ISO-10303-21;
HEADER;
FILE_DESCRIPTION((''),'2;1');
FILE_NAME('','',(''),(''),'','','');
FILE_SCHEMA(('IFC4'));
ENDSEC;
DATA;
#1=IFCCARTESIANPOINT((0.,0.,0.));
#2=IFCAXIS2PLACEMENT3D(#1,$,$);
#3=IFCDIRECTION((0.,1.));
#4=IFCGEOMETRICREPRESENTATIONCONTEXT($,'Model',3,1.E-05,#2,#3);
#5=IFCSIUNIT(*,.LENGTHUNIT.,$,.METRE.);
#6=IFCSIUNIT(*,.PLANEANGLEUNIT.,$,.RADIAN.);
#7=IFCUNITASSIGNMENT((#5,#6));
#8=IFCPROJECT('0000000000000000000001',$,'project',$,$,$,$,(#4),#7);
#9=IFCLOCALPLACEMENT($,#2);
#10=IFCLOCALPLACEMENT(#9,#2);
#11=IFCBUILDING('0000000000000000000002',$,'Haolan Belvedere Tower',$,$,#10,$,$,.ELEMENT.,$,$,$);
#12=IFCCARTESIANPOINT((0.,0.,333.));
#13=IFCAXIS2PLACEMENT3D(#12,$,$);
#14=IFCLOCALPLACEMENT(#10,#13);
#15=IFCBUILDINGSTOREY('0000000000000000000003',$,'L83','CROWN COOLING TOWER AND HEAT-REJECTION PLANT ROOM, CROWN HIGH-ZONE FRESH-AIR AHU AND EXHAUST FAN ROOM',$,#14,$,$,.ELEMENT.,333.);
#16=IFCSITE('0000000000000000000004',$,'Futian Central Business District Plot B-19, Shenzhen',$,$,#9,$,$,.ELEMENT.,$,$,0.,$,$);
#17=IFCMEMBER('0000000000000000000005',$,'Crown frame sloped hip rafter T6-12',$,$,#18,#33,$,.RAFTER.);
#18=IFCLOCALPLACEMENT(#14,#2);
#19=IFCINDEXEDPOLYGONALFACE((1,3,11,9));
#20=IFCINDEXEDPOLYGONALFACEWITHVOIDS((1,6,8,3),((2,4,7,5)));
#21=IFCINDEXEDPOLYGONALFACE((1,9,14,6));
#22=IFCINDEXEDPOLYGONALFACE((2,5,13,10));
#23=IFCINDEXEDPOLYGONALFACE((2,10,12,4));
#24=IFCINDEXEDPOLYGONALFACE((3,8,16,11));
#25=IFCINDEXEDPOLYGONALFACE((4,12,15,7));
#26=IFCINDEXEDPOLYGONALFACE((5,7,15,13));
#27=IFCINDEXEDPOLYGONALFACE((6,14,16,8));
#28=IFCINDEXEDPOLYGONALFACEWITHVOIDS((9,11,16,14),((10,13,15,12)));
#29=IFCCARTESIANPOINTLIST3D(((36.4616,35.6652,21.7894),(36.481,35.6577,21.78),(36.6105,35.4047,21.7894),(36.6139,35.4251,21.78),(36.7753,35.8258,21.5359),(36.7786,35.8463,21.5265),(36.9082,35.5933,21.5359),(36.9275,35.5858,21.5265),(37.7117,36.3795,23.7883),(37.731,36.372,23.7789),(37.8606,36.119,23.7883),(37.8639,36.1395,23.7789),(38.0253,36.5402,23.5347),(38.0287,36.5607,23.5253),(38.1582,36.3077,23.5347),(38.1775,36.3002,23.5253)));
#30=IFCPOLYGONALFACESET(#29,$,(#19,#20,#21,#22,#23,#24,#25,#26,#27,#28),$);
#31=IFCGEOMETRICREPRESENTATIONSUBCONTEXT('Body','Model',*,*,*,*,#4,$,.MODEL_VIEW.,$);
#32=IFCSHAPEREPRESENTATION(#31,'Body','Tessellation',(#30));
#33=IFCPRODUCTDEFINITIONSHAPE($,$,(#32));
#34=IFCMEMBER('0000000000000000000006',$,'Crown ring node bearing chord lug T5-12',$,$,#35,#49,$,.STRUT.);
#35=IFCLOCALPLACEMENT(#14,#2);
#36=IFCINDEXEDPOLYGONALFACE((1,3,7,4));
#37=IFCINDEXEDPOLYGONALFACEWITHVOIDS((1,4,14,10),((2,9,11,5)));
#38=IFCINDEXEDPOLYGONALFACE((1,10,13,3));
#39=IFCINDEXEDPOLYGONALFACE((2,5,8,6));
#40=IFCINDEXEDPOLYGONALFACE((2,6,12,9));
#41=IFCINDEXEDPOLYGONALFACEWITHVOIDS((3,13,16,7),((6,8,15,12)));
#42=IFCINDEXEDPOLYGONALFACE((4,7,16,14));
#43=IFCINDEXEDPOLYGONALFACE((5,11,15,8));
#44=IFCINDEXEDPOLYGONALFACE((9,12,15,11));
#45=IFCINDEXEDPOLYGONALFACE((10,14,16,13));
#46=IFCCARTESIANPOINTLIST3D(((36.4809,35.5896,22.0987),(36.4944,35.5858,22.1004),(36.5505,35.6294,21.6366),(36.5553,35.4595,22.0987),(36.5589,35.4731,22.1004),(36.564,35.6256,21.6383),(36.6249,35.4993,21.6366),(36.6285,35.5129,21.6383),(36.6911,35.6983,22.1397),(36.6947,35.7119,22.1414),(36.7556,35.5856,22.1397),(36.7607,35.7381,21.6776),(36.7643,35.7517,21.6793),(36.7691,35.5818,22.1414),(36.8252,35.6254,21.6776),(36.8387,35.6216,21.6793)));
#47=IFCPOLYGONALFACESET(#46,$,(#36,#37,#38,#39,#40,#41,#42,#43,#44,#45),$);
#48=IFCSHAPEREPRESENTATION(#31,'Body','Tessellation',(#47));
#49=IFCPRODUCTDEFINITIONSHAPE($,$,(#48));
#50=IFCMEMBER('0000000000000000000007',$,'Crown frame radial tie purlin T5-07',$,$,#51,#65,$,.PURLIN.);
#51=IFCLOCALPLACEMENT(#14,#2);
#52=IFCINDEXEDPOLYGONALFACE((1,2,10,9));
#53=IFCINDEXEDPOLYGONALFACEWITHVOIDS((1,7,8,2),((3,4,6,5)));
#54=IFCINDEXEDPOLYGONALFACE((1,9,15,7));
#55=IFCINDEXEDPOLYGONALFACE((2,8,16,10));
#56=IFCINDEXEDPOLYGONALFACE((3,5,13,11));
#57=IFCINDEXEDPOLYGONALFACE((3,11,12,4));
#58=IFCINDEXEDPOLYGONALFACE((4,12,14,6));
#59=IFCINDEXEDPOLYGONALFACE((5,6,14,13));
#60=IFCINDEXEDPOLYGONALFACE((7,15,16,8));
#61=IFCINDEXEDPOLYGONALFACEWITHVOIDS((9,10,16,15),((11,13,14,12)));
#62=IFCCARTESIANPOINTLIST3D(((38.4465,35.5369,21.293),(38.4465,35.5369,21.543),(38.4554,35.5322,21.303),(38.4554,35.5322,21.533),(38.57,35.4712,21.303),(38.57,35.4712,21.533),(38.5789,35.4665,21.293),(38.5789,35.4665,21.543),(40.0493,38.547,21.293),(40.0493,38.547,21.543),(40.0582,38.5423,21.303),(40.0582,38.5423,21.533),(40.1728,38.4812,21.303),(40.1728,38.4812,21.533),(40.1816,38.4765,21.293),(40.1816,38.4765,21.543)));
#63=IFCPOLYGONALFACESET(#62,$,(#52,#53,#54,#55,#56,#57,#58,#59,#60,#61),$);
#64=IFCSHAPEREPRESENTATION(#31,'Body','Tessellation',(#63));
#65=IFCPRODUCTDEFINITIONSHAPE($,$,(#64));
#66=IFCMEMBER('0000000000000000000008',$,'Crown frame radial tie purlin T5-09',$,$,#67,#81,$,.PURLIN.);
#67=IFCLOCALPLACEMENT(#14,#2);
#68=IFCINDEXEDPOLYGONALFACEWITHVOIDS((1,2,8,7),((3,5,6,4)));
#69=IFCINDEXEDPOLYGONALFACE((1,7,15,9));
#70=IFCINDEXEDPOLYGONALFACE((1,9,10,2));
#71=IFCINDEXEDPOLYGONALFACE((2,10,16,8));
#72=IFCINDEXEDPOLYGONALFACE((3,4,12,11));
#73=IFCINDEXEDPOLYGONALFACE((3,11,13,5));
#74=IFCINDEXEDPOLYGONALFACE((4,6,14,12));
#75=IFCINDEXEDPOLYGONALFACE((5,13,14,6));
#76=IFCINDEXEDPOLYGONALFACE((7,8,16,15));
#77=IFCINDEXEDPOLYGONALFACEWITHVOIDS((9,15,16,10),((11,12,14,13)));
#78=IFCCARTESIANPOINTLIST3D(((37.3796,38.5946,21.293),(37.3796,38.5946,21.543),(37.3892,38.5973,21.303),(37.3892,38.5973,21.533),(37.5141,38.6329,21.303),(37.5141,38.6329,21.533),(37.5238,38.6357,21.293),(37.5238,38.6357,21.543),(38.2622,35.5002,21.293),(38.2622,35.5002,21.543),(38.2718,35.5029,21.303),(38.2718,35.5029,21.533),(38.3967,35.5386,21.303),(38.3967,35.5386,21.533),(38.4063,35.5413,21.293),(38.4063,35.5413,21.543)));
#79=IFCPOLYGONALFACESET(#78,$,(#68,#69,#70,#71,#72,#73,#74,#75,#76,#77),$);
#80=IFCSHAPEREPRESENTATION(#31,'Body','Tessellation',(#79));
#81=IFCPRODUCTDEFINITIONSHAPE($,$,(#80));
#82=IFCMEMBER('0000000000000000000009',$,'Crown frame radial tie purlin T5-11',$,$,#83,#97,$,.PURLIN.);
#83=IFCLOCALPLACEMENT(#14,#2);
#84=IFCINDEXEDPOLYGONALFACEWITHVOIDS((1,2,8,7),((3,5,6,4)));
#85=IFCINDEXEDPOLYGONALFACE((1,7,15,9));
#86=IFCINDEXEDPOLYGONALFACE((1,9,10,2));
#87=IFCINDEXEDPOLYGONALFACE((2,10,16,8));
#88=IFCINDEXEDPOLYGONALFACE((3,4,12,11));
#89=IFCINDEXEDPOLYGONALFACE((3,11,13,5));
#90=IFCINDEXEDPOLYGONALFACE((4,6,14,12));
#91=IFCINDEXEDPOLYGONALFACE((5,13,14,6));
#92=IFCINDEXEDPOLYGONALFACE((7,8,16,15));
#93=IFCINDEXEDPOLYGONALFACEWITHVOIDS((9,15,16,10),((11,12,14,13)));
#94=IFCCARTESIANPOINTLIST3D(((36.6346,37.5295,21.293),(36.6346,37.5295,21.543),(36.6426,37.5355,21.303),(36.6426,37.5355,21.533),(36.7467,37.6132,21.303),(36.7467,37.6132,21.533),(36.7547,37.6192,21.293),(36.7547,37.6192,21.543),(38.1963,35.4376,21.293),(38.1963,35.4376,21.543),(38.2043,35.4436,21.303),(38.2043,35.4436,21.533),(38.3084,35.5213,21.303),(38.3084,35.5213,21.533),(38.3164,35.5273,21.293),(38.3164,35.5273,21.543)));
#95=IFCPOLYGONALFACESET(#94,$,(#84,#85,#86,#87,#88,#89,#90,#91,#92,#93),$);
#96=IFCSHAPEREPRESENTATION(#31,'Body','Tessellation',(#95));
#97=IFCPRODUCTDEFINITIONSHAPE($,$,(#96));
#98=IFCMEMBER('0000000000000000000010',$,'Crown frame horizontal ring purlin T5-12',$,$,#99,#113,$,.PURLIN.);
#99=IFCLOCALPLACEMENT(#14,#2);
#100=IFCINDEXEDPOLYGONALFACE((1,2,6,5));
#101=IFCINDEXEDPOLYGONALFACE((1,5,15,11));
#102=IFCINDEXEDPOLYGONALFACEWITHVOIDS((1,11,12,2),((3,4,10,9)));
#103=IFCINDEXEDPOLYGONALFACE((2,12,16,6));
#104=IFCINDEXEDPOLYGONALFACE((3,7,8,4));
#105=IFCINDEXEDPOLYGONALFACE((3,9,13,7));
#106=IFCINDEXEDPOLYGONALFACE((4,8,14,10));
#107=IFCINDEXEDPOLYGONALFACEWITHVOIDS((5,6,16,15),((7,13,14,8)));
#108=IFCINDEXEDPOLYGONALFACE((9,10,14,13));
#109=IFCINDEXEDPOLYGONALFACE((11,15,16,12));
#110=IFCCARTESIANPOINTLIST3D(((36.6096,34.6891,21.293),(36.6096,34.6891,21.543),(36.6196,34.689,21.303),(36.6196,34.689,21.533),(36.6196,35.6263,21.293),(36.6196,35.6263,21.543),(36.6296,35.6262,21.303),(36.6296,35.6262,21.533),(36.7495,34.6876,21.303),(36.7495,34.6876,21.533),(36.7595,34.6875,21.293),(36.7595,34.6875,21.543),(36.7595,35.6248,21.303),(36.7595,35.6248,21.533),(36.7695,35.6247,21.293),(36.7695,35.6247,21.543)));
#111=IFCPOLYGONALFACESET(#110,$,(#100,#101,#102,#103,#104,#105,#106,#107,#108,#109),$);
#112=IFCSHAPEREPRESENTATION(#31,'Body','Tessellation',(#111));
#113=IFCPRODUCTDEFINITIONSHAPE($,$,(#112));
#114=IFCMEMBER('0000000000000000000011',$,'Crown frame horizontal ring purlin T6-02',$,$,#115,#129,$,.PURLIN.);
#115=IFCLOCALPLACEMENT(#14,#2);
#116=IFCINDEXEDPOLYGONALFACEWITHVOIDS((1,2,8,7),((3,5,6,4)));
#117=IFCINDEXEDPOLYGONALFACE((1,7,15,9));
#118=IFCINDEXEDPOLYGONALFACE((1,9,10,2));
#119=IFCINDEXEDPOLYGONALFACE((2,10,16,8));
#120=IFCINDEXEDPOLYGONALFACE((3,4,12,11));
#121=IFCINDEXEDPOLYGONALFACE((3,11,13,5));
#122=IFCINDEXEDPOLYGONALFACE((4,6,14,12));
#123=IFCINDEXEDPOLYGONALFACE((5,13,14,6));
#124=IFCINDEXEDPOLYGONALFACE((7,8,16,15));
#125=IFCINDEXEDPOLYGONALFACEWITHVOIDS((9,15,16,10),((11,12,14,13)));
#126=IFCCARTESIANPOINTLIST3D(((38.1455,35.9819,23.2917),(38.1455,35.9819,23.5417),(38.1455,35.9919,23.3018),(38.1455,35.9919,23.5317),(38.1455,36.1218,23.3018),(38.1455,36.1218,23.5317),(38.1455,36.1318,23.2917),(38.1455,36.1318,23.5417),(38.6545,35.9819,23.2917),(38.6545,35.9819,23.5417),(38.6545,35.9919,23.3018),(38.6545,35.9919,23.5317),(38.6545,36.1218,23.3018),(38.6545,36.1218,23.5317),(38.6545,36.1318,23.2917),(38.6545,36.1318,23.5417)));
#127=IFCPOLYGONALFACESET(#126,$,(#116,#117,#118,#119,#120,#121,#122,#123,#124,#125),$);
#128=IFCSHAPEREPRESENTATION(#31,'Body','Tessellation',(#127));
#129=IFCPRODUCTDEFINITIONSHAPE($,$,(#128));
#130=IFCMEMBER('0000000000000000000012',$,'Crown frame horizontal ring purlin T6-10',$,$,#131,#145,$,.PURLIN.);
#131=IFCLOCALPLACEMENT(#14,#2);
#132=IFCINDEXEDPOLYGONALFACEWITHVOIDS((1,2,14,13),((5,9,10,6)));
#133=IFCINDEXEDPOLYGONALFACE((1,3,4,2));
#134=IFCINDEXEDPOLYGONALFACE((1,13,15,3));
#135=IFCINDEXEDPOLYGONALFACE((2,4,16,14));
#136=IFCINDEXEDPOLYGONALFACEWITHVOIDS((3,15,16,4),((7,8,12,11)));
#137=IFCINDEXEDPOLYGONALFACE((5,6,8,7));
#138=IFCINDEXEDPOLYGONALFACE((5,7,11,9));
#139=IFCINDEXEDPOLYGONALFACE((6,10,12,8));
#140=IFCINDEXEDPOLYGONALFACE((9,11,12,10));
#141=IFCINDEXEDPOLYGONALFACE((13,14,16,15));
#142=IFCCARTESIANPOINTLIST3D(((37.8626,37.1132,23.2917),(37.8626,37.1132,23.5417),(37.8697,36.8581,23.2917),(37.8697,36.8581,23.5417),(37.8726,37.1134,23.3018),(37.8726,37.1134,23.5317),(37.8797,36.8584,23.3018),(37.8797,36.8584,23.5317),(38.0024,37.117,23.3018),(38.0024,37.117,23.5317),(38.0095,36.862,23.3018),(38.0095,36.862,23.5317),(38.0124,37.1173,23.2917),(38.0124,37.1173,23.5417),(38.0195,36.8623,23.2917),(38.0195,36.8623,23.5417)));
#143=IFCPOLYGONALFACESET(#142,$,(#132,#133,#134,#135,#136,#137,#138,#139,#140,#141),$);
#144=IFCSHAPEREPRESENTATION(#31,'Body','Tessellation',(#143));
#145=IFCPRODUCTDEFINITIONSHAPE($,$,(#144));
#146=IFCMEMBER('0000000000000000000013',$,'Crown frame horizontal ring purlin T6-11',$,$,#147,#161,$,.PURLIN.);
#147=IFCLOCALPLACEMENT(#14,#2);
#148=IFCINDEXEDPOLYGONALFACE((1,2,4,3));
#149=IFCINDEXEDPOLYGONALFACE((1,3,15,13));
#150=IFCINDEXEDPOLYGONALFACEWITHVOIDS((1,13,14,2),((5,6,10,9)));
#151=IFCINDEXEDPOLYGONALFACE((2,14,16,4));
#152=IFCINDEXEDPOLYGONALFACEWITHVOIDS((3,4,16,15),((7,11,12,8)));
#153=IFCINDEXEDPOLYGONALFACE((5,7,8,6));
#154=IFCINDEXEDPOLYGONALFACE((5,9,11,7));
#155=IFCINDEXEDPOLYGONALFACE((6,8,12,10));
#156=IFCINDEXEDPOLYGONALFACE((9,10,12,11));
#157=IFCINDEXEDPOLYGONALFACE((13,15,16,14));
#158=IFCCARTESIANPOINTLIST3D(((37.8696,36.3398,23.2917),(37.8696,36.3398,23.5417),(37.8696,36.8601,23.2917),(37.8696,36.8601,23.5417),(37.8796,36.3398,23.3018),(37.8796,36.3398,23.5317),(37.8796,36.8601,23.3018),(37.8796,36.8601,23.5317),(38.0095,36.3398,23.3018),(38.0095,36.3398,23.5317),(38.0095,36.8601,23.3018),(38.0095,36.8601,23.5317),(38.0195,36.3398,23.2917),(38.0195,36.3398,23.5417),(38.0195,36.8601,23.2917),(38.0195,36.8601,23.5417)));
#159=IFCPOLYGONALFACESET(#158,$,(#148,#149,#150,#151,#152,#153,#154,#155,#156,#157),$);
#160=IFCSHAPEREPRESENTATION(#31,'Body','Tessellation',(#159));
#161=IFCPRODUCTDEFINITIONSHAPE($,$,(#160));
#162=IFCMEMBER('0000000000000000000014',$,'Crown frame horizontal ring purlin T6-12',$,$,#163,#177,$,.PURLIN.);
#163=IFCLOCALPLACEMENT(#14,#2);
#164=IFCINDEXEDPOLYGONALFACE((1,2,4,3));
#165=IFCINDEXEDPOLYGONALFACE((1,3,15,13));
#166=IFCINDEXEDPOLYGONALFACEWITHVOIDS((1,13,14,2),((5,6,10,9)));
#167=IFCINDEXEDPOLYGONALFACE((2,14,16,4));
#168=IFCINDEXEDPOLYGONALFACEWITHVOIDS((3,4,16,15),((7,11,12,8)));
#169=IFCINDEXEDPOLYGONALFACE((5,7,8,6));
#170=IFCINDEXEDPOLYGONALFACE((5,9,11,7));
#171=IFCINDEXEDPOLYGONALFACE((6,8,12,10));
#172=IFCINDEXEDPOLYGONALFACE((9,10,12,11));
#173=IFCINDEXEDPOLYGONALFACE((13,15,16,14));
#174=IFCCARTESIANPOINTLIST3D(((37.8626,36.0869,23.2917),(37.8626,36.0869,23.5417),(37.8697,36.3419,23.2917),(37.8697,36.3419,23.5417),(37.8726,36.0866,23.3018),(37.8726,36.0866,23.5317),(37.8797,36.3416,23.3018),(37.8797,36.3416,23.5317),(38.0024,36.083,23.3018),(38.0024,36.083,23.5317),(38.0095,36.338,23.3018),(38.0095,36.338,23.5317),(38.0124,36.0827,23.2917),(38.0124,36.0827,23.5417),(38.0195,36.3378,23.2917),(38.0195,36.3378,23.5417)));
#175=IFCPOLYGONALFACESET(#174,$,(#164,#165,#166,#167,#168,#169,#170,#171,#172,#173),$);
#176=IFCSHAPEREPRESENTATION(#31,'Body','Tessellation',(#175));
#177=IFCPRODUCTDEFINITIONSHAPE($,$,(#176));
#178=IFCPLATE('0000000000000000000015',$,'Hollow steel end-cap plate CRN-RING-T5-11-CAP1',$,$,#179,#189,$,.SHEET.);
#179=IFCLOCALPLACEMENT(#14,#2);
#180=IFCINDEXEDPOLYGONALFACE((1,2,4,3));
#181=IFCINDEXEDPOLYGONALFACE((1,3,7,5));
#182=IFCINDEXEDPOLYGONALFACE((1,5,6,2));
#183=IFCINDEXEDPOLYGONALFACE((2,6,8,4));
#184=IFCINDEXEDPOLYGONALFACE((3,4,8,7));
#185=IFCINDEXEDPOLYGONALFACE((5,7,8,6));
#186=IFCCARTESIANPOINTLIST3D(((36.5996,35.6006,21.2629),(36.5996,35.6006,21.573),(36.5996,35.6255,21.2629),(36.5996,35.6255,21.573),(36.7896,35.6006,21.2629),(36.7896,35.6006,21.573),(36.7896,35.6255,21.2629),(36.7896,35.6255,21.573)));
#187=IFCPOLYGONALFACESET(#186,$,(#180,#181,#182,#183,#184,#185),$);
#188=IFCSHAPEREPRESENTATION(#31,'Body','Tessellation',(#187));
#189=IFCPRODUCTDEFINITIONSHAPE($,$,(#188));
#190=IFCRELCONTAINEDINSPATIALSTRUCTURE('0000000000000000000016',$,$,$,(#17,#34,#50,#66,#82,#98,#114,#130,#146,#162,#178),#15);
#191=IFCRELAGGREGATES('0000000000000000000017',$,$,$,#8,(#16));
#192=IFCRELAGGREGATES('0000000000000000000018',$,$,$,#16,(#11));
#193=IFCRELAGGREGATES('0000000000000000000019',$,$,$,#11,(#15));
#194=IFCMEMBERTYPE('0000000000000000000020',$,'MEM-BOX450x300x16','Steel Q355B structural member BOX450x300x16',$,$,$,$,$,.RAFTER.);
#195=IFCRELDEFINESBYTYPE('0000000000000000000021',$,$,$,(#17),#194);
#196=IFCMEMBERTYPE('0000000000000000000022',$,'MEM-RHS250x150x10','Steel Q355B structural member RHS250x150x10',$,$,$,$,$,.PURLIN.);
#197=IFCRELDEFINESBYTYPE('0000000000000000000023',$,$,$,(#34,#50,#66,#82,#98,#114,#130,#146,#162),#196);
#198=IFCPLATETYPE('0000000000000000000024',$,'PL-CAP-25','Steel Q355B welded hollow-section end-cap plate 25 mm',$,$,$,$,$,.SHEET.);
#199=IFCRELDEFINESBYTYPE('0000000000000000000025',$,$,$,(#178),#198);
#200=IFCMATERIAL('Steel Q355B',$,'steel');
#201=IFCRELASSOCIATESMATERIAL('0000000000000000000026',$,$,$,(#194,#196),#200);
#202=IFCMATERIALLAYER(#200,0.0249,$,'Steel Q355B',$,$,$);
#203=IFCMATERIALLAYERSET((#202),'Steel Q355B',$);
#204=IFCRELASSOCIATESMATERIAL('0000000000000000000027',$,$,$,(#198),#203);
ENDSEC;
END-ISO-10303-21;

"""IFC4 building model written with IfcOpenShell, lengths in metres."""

from ifc_helpers import new_model, si_unit, direction, frame, origin, origin_2d, place, context, subcontext, project, spatial, rectangle, hollow_rectangle, extrude, material, layer, layer_set, material_profile, profile_set, type_object, element, save


model = new_model("IFC4")

# Units and contexts
model_context = context("Model", 3, precision=1e-05, world=origin(), true_north=direction((0.0, 1.0)))
body_context = subcontext(model_context, "Body", "Model", "MODEL_VIEW")
ifc_project = project(units=[si_unit("LENGTHUNIT", "METRE"), si_unit("PLANEANGLEUNIT", "RADIAN")], contexts=[model_context])

# Site, building, storey
site_placement = place(None, origin())
site = spatial("IfcSite", under=ifc_project, at=site_placement, Name="Futian Central Business District Plot B-19, Shenzhen", CompositionType="ELEMENT", RefElevation=0.0)
building_placement = place(site_placement, origin())
building = spatial("IfcBuilding", under=site, at=building_placement, Name="Haolan Belvedere Tower", CompositionType="ELEMENT")
storey_placement = place(building_placement, frame((0.0, 0.0, 333.0)))
storey = spatial("IfcBuildingStorey", under=building, at=storey_placement, Name="L83", Description="CROWN COOLING TOWER AND HEAT-REJECTION PLANT ROOM, CROWN HIGH-ZONE FRESH-AIR AHU AND EXHAUST FAN ROOM", CompositionType="ELEMENT", Elevation=333.0)

# Members
ifc_material_1 = material(Name="Steel Q355B", Category="steel")
ifc_material_profile_1 = material_profile(ifc_material_1, hollow_rectangle(XDim=0.3, YDim=0.45, WallThickness=0.0161, at=origin_2d()), Name="Steel Q355B")
ifc_profile_set_1 = profile_set([ifc_material_profile_1], Name="Steel Q355B")
member_type_1 = type_object("IfcMemberType", Name="MEM-BOX450x300x16", Description="Steel Q355B structural member BOX450x300x16", PredefinedType="RAFTER", material=ifc_profile_set_1)
member_1_placement = place(storey_placement, frame((36.6946, 35.6255, 21.658), z_axis=(0.507446, 0.289998, 0.811418), x_axis=(-0.496175, 0.868222, 0.0)))
element("IfcMember", 1, at=member_1_placement, inside=storey, type_object=member_type_1, Name="Crown frame sloped hip rafter T6-12", PredefinedType="RAFTER", context=body_context, shape_type="SweptSolid", body=[
    extrude(hollow_rectangle(XDim=0.3, YDim=0.45, WallThickness=0.0161, at=origin_2d()), origin(), (0.0, 0.0, 1.0), 2.4634),
])
ifc_material_profile_2 = material_profile(ifc_material_1, hollow_rectangle(XDim=0.1499, YDim=0.25, WallThickness=0.01, at=origin_2d()), Name="Steel Q355B")
ifc_profile_set_2 = profile_set([ifc_material_profile_2], Name="Steel Q355B")
member_type_2 = type_object("IfcMemberType", Name="MEM-RHS250x150x10", Description="Steel Q355B structural member RHS250x150x10", PredefinedType="PURLIN", material=ifc_profile_set_2)
member_2_placement = place(storey_placement, frame((36.6946, 35.6255, 21.658), z_axis=(-0.14834, -0.08484, 0.985291), x_axis=(0.496467, -0.868056, 0.0)))
element("IfcMember", 2, at=member_2_placement, inside=storey, type_object=member_type_2, Name="Crown ring node bearing chord lug T5-12", PredefinedType="STRUT", context=body_context, shape_type="SweptSolid", body=[
    extrude(hollow_rectangle(XDim=0.1499, YDim=0.25, WallThickness=0.01, at=origin_2d()), origin(), (0.0, 0.0, 1.0), 0.469),
])
member_3_placement = place(storey_placement, frame((38.5127, 35.5017, 21.418), z_axis=(0.470005, 0.882664, 0.0), x_axis=(-0.882664, 0.470005, 0.0)))
element("IfcMember", 3, at=member_3_placement, inside=storey, type_object=member_type_2, Name="Crown frame radial tie purlin T5-07", PredefinedType="PURLIN", context=body_context, shape_type="SweptSolid", body=[
    extrude(hollow_rectangle(XDim=0.1499, YDim=0.25, WallThickness=0.01, at=origin_2d()), origin(), (0.0, 0.0, 1.0), 3.4102),
])
member_4_placement = place(storey_placement, frame((38.3342, 35.5208, 21.418), z_axis=(-0.27427, 0.961653, 0.0), x_axis=(-0.961653, -0.27427, 0.0)))
element("IfcMember", 4, at=member_4_placement, inside=storey, type_object=member_type_2, Name="Crown frame radial tie purlin T5-09", PredefinedType="PURLIN", context=body_context, shape_type="SweptSolid", body=[
    extrude(hollow_rectangle(XDim=0.1499, YDim=0.25, WallThickness=0.01, at=origin_2d()), origin(), (0.0, 0.0, 1.0), 3.2178),
])
member_5_placement = place(storey_placement, frame((38.2563, 35.4824, 21.418), z_axis=(-0.598218, 0.801333, 0.0), x_axis=(-0.801333, -0.598218, 0.0)))
element("IfcMember", 5, at=member_5_placement, inside=storey, type_object=member_type_2, Name="Crown frame radial tie purlin T5-11", PredefinedType="PURLIN", context=body_context, shape_type="SweptSolid", body=[
    extrude(hollow_rectangle(XDim=0.1499, YDim=0.25, WallThickness=0.01, at=origin_2d()), origin(), (0.0, 0.0, 1.0), 2.6106),
])
member_6_placement = place(storey_placement, frame((36.6946, 35.6255, 21.418), z_axis=(-0.010679, -0.999943, 0.0), x_axis=(0.999943, -0.010679, 0.0)))
element("IfcMember", 6, at=member_6_placement, inside=storey, type_object=member_type_2, Name="Crown frame horizontal ring purlin T5-12", PredefinedType="PURLIN", context=body_context, shape_type="SweptSolid", body=[
    extrude(hollow_rectangle(XDim=0.1499, YDim=0.25, WallThickness=0.01, at=origin_2d()), origin(), (0.0, 0.0, 1.0), 0.9373),
])
member_7_placement = place(storey_placement, frame((38.1455, 36.0569, 23.4167), z_axis=(1.0, 0.0, 0.0), x_axis=(0.0, 1.0, 0.0)))
element("IfcMember", 7, at=member_7_placement, inside=storey, type_object=member_type_2, Name="Crown frame horizontal ring purlin T6-02", PredefinedType="PURLIN", context=body_context, shape_type="SweptSolid", body=[
    extrude(hollow_rectangle(XDim=0.1499, YDim=0.25, WallThickness=0.01, at=origin_2d()), origin(), (0.0, 0.0, 1.0), 0.509),
])
member_8_placement = place(storey_placement, frame((37.9375, 37.1152, 23.4167), z_axis=(0.027741, -0.999615, 0.0), x_axis=(0.999615, 0.027741, 0.0)))
element("IfcMember", 8, at=member_8_placement, inside=storey, type_object=member_type_2, Name="Crown frame horizontal ring purlin T6-10", PredefinedType="PURLIN", context=body_context, shape_type="SweptSolid", body=[
    extrude(hollow_rectangle(XDim=0.1499, YDim=0.25, WallThickness=0.01, at=origin_2d()), origin(), (0.0, 0.0, 1.0), 0.2551),
])
member_9_placement = place(storey_placement, frame((37.9446, 36.8601, 23.4167), z_axis=(0.0, -1.0, 0.0), x_axis=(1.0, 0.0, 0.0)))
element("IfcMember", 9, at=member_9_placement, inside=storey, type_object=member_type_2, Name="Crown frame horizontal ring purlin T6-11", PredefinedType="PURLIN", context=body_context, shape_type="SweptSolid", body=[
    extrude(hollow_rectangle(XDim=0.1499, YDim=0.25, WallThickness=0.01, at=origin_2d()), origin(), (0.0, 0.0, 1.0), 0.5203),
])
member_10_placement = place(storey_placement, frame((37.9446, 36.3398, 23.4167), z_axis=(-0.027741, -0.999615, 0.0), x_axis=(0.999615, -0.027741, 0.0)))
element("IfcMember", 10, at=member_10_placement, inside=storey, type_object=member_type_2, Name="Crown frame horizontal ring purlin T6-12", PredefinedType="PURLIN", context=body_context, shape_type="SweptSolid", body=[
    extrude(hollow_rectangle(XDim=0.1499, YDim=0.25, WallThickness=0.01, at=origin_2d()), origin(), (0.0, 0.0, 1.0), 0.2551),
])

# Plate
ifc_layer_1 = layer(ifc_material_1, 0.0249, Name="Steel Q355B")
ifc_layer_set_1 = layer_set([ifc_layer_1], Name="Steel Q355B")
plate_type = type_object("IfcPlateType", Name="PL-CAP-25", Description="Steel Q355B welded hollow-section end-cap plate 25 mm", PredefinedType="SHEET", material=ifc_layer_set_1)
plate_1_placement = place(storey_placement, frame((36.6946, 35.613, 21.2629), z_axis=(0.0, 0.0, 1.0), x_axis=(1.0, 0.0, 0.0)))
element("IfcPlate", 11, at=plate_1_placement, inside=storey, type_object=plate_type, Name="Hollow steel end-cap plate CRN-RING-T5-11-CAP1", PredefinedType="SHEET", context=body_context, shape_type="SweptSolid", body=[
    extrude(rectangle(XDim=0.1899, YDim=0.0249, at=origin_2d()), origin(), (0.0, 0.0, 1.0), 0.3101),
])

save(model, "model.ifc")
